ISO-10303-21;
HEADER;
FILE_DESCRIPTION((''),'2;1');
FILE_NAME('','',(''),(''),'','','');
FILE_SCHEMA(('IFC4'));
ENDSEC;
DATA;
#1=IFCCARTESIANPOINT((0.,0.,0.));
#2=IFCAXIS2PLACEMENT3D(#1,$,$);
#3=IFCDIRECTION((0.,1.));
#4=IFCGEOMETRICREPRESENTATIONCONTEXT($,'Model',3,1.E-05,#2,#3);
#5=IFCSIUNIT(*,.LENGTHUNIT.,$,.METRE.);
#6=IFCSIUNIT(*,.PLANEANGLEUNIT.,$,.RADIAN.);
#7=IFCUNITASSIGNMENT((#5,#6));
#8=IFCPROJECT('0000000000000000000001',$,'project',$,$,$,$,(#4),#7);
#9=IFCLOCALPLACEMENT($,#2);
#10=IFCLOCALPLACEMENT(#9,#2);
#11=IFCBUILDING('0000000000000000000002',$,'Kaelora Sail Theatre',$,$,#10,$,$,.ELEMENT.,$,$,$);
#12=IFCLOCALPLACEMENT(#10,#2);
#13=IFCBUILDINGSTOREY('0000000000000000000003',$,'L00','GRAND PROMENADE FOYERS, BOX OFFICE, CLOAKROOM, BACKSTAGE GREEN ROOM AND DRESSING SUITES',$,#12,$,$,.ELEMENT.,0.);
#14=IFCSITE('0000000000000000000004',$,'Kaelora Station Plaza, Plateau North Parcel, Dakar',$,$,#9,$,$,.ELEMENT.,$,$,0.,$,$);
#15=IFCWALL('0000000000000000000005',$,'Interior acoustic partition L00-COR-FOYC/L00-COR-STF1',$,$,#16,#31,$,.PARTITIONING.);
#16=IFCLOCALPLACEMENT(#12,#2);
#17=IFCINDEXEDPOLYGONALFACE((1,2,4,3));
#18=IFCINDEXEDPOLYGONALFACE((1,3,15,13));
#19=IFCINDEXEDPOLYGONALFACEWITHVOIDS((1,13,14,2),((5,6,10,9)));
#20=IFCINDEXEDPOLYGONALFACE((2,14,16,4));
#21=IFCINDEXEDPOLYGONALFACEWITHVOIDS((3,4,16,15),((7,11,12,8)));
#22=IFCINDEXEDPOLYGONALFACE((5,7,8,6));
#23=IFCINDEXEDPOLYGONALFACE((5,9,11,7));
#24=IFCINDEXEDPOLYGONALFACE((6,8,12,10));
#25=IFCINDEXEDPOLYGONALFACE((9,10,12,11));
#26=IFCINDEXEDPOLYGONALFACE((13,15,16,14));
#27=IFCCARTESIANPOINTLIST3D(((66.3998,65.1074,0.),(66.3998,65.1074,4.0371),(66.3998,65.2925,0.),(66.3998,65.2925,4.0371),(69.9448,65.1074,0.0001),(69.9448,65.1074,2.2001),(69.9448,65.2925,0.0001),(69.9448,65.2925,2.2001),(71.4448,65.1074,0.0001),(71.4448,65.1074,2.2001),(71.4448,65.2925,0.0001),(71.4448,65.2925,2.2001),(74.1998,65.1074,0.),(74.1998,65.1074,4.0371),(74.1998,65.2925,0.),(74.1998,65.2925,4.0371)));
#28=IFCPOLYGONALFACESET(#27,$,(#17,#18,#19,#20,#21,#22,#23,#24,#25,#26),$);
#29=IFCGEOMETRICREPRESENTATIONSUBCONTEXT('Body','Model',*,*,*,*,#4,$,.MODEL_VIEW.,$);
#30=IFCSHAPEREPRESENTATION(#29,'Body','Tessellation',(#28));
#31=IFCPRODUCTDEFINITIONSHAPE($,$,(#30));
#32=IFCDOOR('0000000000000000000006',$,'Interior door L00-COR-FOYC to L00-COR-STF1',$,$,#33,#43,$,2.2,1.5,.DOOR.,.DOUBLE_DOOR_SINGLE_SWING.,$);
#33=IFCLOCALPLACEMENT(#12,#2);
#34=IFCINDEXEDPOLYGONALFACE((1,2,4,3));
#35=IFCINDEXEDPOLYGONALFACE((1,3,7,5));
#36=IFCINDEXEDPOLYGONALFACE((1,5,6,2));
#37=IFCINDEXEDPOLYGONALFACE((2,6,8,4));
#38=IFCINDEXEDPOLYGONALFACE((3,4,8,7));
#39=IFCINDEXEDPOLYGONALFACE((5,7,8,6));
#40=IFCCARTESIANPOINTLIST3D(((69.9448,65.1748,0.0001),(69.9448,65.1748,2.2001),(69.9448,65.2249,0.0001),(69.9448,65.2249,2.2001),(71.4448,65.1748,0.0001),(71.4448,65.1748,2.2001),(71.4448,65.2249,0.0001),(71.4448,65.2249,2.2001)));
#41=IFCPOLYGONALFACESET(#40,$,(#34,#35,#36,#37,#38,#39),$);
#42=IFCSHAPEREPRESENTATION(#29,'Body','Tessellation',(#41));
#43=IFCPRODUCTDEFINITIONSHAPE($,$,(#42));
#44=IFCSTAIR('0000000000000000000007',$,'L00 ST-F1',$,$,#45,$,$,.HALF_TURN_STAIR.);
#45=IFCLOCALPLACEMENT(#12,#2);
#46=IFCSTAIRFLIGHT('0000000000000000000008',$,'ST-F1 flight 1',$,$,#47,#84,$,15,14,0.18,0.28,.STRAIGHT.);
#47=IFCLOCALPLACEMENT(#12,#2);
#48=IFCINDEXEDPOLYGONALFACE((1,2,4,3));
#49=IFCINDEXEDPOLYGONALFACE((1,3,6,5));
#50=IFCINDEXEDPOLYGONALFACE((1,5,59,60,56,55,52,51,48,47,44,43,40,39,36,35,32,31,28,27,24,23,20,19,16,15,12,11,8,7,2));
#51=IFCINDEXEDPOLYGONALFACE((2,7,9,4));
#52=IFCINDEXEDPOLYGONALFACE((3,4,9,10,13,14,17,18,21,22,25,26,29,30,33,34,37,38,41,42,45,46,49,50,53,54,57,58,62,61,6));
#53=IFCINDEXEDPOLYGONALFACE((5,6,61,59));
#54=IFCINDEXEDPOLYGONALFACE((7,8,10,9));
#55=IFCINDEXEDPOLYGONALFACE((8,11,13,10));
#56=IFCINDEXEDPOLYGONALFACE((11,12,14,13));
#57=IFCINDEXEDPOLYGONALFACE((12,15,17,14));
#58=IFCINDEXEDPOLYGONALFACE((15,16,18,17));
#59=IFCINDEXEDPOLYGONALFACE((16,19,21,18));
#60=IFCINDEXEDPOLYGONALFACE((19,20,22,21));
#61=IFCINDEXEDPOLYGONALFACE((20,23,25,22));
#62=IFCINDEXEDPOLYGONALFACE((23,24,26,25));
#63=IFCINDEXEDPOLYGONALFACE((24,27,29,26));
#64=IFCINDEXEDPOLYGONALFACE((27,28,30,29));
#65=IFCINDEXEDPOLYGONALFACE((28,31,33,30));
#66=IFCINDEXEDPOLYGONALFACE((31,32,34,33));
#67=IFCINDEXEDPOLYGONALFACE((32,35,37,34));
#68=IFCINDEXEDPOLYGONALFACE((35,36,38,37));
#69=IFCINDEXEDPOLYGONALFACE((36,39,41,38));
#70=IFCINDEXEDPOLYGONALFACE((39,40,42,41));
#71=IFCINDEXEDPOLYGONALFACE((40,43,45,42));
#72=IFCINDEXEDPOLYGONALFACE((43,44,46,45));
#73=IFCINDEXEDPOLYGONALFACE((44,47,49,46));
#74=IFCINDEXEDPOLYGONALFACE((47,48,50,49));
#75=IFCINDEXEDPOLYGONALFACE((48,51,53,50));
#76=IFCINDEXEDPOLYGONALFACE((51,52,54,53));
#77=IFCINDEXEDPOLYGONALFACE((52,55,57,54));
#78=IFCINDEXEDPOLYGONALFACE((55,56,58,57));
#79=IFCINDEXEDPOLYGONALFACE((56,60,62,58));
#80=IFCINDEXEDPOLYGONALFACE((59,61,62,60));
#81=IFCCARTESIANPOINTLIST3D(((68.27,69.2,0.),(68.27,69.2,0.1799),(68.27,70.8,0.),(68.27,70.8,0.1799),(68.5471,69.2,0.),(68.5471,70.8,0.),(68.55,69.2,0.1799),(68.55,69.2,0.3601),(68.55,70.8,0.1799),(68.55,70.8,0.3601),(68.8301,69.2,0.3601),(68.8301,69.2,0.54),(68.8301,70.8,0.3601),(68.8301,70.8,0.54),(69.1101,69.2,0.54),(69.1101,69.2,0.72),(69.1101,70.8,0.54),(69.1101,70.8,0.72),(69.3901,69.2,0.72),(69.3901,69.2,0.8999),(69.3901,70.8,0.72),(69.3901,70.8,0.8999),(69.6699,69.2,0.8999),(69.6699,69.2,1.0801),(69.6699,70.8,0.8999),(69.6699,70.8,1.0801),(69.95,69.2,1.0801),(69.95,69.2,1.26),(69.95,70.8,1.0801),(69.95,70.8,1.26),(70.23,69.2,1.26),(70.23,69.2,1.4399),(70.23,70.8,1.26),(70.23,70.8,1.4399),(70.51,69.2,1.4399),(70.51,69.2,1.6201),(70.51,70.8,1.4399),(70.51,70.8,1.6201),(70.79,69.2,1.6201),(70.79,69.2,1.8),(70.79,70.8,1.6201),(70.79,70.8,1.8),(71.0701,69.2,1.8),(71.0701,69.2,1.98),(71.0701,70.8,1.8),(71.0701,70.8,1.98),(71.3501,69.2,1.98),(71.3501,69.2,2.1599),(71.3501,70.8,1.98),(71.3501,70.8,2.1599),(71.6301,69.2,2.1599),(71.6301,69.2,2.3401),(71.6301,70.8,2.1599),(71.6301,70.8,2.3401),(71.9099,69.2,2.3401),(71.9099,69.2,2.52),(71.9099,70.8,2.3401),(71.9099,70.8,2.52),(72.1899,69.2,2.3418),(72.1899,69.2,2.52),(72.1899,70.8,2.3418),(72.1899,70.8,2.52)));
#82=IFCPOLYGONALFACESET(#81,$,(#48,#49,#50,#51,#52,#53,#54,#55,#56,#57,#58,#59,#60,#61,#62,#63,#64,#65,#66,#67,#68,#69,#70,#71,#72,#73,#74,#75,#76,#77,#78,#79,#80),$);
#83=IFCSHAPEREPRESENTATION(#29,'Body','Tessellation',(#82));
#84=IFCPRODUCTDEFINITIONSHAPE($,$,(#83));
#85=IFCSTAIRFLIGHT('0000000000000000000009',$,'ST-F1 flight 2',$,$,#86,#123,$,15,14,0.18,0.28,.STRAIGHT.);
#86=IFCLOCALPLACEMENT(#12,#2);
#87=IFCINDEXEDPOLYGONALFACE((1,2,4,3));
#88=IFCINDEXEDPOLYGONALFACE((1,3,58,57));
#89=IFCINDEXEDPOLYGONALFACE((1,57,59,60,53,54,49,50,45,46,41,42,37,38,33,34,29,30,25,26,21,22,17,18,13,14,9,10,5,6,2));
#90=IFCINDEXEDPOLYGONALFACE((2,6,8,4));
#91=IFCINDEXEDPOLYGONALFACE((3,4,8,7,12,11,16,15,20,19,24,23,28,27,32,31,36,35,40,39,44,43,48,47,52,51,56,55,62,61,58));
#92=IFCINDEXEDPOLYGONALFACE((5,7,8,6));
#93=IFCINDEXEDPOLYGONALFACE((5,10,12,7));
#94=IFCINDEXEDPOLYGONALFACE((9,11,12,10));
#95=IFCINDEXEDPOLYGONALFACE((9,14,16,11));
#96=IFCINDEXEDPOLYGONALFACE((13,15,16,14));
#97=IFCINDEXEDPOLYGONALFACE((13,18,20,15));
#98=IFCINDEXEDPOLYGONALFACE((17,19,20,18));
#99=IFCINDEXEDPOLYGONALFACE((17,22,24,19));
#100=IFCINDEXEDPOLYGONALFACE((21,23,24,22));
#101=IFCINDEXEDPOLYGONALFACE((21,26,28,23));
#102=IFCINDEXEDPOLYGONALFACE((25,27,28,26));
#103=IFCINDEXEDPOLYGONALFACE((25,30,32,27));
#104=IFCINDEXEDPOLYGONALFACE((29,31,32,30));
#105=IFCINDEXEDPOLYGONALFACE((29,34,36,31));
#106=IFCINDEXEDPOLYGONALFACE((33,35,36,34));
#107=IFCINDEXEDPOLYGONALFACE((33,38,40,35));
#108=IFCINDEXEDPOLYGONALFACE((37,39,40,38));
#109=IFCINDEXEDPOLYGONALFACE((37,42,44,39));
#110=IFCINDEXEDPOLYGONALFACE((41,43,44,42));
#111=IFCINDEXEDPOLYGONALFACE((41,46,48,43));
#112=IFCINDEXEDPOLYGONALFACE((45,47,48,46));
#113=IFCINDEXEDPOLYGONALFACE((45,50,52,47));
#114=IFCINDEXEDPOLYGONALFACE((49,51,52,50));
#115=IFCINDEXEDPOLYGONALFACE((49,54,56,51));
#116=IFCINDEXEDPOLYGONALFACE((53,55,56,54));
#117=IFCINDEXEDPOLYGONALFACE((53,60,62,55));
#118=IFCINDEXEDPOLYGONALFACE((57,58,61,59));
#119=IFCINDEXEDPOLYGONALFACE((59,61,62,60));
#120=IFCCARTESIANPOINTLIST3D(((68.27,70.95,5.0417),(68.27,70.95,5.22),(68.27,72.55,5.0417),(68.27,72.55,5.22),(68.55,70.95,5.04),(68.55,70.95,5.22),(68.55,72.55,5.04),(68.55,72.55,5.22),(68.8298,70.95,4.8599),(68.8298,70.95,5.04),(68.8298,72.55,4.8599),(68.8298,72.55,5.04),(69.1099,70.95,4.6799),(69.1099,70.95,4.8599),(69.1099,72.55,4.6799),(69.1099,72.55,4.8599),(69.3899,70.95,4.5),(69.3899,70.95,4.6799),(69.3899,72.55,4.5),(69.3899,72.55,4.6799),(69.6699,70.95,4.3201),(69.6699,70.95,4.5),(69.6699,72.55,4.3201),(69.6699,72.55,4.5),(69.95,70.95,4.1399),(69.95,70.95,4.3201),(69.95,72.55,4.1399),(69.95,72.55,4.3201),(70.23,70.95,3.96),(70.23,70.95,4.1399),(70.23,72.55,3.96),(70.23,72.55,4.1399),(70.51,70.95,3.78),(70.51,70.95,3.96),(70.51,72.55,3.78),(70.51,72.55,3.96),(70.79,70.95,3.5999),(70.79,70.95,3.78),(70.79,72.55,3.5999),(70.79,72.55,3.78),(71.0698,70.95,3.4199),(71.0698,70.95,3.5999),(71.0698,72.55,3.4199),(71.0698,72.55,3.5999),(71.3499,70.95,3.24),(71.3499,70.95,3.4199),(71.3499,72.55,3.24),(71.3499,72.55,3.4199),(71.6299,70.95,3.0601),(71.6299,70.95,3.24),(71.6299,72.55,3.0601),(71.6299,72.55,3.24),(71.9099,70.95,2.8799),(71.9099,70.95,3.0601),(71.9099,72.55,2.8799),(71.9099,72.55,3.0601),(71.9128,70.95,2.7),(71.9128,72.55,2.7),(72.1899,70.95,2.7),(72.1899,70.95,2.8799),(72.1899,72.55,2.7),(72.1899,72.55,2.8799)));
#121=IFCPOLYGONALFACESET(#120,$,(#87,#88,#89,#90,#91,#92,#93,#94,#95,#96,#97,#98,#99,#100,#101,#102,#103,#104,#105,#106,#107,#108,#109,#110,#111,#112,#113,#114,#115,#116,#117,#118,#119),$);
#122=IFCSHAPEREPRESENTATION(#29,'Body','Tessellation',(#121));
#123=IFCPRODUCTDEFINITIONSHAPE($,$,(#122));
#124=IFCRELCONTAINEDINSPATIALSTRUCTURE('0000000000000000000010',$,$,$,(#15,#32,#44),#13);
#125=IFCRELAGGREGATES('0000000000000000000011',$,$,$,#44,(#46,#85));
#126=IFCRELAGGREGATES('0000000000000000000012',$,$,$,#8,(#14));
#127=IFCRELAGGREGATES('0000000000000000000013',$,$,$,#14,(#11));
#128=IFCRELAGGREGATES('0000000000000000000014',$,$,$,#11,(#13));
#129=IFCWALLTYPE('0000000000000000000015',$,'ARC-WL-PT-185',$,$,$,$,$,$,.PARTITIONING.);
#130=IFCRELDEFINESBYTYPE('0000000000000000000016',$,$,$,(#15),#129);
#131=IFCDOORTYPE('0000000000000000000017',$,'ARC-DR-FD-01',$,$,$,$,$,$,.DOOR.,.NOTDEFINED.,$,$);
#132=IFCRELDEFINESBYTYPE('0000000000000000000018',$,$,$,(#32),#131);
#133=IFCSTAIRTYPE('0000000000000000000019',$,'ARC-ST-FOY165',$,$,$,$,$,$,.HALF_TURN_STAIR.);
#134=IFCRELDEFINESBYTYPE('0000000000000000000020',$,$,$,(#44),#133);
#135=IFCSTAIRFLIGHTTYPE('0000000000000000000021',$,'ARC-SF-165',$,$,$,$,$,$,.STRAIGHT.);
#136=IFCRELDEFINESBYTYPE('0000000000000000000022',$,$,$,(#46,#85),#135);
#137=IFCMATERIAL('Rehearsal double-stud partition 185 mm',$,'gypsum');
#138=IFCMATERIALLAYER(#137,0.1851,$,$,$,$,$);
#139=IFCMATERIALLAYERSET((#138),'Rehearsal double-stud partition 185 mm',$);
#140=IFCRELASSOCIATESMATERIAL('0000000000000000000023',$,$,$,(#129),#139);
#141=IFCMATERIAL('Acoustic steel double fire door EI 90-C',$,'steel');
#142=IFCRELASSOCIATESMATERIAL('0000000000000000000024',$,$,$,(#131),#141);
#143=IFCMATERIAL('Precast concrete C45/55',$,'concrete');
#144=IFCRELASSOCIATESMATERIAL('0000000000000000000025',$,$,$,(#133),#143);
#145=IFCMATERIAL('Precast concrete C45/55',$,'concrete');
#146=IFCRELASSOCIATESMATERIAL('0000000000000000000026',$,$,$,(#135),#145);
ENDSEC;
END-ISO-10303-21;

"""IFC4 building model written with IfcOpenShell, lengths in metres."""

from ifc_helpers import new_model, si_unit, direction, frame, frame_2d, origin, place, context, subcontext, project, spatial, polyline, rectangle, outline, extrude, material, layer, layer_set, type_object, element, fill, aggregate, save


model = new_model("IFC4")

# Units and contexts
model_context = context("Model", 3, precision=1e-05, world=origin(), true_north=direction((0.0, 1.0)))
body_context = subcontext(model_context, "Body", "Model", "MODEL_VIEW")
ifc_project = project(units=[si_unit("LENGTHUNIT", "METRE"), si_unit("PLANEANGLEUNIT", "RADIAN")], contexts=[model_context])

# Site, building, storey
site_placement = place(None, origin())
site = spatial("IfcSite", under=ifc_project, at=site_placement, Name="Kaelora Station Plaza, Plateau North Parcel, Dakar", CompositionType="ELEMENT", RefElevation=0.0)
building_placement = place(site_placement, origin())
building = spatial("IfcBuilding", under=site, at=building_placement, Name="Kaelora Sail Theatre", CompositionType="ELEMENT")
storey_placement = place(building_placement, origin())
storey = spatial("IfcBuildingStorey", under=building, at=storey_placement, Name="L00", Description="GRAND PROMENADE FOYERS, BOX OFFICE, CLOAKROOM, BACKSTAGE GREEN ROOM AND DRESSING SUITES", CompositionType="ELEMENT", Elevation=0.0)

# Wall, opening, door
ifc_material_1 = material(Name="Rehearsal double-stud partition 185 mm", Category="gypsum")
ifc_layer_1 = layer(ifc_material_1, 0.1851)
ifc_layer_set_1 = layer_set([ifc_layer_1], Name="Rehearsal double-stud partition 185 mm")
wall_type_1 = type_object("IfcWallType", Name="ARC-WL-PT-185", PredefinedType="PARTITIONING", material=ifc_layer_set_1)
wall_1_placement = place(storey_placement, frame((66.3999, 65.2, 0.0), z_axis=(0.0, 0.0, 1.0), x_axis=(1.0, 0.0, 0.0)))
wall_1 = element("IfcWall", 1, at=wall_1_placement, inside=storey, type_object=wall_type_1, Name="Interior acoustic partition L00-COR-FOYC/L00-COR-STF1", PredefinedType="PARTITIONING", context=body_context, shape_type="SweptSolid", body=[
    extrude(rectangle(XDim=7.8, YDim=0.1851, at=frame_2d((3.8999, 0.0))), origin(), (0.0, 0.0, 1.0), 4.0371),
])
opening_1_placement = place(wall_1_placement, frame((3.5449, 0.0, 0.0)))
opening_1 = element("IfcOpeningElement", 2, at=opening_1_placement, cuts=wall_1, PredefinedType="OPENING", context=body_context, shape_type="SweptSolid", body=[
    extrude(rectangle(XDim=1.5, YDim=2.2, at=frame_2d((0.75, 1.1001))), frame((0.0, 0.1025, 0.0), z_axis=(0.0, -1.0, 0.0), x_axis=(1.0, 0.0, 0.0)), (0.0, 0.0, 1.0), 0.2051),
])
ifc_material_2 = material(Name="Acoustic steel double fire door EI 90-C", Category="steel")
door_type_1 = type_object("IfcDoorType", Name="ARC-DR-FD-01", OperationType="NOTDEFINED", PredefinedType="DOOR", material=ifc_material_2)
door_1_placement = place(opening_1_placement, origin())
door_1 = element("IfcDoor", 3, at=door_1_placement, inside=storey, type_object=door_type_1, Name="Interior door L00-COR-FOYC to L00-COR-STF1", OperationType="DOUBLE_DOOR_SINGLE_SWING", OverallHeight=2.2, OverallWidth=1.5, PredefinedType="DOOR", context=body_context, shape_type="SweptSolid", body=[
    extrude(rectangle(XDim=1.5, YDim=2.2, at=frame_2d((0.75, 1.1001))), frame((0.0, 0.0249, 0.0), z_axis=(0.0, -1.0, 0.0), x_axis=(1.0, 0.0, 0.0)), (0.0, 0.0, 1.0), 0.05),
])
fill(opening_1, door_1)

# Stair, stair flights
ifc_material_3 = material(Name="Precast concrete C45/55", Category="concrete")
stair_type = type_object("IfcStairType", Name="ARC-ST-FOY165", PredefinedType="HALF_TURN_STAIR", material=ifc_material_3)
stair_placement = place(storey_placement, origin())
stair = element("IfcStair", 4, at=stair_placement, inside=storey, type_object=stair_type, Name="L00 ST-F1", PredefinedType="HALF_TURN_STAIR")
ifc_material_4 = material(Name="Precast concrete C45/55", Category="concrete")
stair_flight_type = type_object("IfcStairFlightType", Name="ARC-SF-165", PredefinedType="STRAIGHT", material=ifc_material_4)
stair_flight_1_placement = place(storey_placement, frame((68.27, 70.0, 0.0), z_axis=(0.0, 0.0, 1.0), x_axis=(1.0, 0.0, 0.0)))
stair_flight_1 = element("IfcStairFlight", 5, at=stair_flight_1_placement, type_object=stair_flight_type, Name="ST-F1 flight 1", NumberOfRisers=15, NumberOfTreads=14, PredefinedType="STRAIGHT", RiserHeight=0.18, TreadLength=0.28, context=body_context, shape_type="SweptSolid", body=[
    extrude(outline(polyline([(0.0, 0.0), (0.0, 0.1799), (0.28, 0.1799), (0.28, 0.3601), (0.5601, 0.3601), (0.5601, 0.54), (0.8401, 0.54), (0.8401, 0.72), (1.1201, 0.72), (1.1201, 0.8999), (1.3999, 0.8999), (1.3999, 1.0801), (1.6799, 1.0801), (1.6799, 1.26), (1.96, 1.26), (1.96, 1.4399), (2.24, 1.4399), (2.24, 1.6201), (2.52, 1.6201), (2.52, 1.8), (2.8, 1.8), (2.8, 1.98), (3.0801, 1.98), (3.0801, 2.1599), (3.3601, 2.1599), (3.3601, 2.3401), (3.6399, 2.3401), (3.6399, 2.52), (3.9199, 2.52), (3.9199, 2.7), (3.9199, 2.3418), (0.2771, 0.0), (0.0, 0.0)])), frame((0.0, 0.8, 0.0), z_axis=(0.0, -1.0, 0.0), x_axis=(1.0, 0.0, 0.0)), (0.0, 0.0, 1.0), 1.6001),
])
stair_flight_2_placement = place(storey_placement, frame((72.1899, 71.75, 2.7), z_axis=(0.0, 0.0, 1.0), x_axis=(-1.0, 0.0, 0.0)))
stair_flight_2 = element("IfcStairFlight", 6, at=stair_flight_2_placement, type_object=stair_flight_type, Name="ST-F1 flight 2", NumberOfRisers=15, NumberOfTreads=14, PredefinedType="STRAIGHT", RiserHeight=0.18, TreadLength=0.28, context=body_context, shape_type="SweptSolid", body=[
    extrude(outline(polyline([(0.0, 0.0), (0.0, 0.1799), (0.28, 0.1799), (0.28, 0.3601), (0.5601, 0.3601), (0.5601, 0.54), (0.8401, 0.54), (0.8401, 0.72), (1.1201, 0.72), (1.1201, 0.8999), (1.3999, 0.8999), (1.3999, 1.0801), (1.6799, 1.0801), (1.6799, 1.26), (1.96, 1.26), (1.96, 1.4399), (2.24, 1.4399), (2.24, 1.6201), (2.52, 1.6201), (2.52, 1.8), (2.8, 1.8), (2.8, 1.98), (3.0801, 1.98), (3.0801, 2.1599), (3.3601, 2.1599), (3.3601, 2.3401), (3.6399, 2.3401), (3.6399, 2.52), (3.9199, 2.52), (3.9199, 2.7), (3.9199, 2.3418), (0.2771, 0.0), (0.0, 0.0)])), frame((0.0, 0.8, 0.0), z_axis=(0.0, -1.0, 0.0), x_axis=(1.0, 0.0, 0.0)), (0.0, 0.0, 1.0), 1.6001),
])
aggregate(stair, [stair_flight_1, stair_flight_2])

save(model, "model.ifc")
